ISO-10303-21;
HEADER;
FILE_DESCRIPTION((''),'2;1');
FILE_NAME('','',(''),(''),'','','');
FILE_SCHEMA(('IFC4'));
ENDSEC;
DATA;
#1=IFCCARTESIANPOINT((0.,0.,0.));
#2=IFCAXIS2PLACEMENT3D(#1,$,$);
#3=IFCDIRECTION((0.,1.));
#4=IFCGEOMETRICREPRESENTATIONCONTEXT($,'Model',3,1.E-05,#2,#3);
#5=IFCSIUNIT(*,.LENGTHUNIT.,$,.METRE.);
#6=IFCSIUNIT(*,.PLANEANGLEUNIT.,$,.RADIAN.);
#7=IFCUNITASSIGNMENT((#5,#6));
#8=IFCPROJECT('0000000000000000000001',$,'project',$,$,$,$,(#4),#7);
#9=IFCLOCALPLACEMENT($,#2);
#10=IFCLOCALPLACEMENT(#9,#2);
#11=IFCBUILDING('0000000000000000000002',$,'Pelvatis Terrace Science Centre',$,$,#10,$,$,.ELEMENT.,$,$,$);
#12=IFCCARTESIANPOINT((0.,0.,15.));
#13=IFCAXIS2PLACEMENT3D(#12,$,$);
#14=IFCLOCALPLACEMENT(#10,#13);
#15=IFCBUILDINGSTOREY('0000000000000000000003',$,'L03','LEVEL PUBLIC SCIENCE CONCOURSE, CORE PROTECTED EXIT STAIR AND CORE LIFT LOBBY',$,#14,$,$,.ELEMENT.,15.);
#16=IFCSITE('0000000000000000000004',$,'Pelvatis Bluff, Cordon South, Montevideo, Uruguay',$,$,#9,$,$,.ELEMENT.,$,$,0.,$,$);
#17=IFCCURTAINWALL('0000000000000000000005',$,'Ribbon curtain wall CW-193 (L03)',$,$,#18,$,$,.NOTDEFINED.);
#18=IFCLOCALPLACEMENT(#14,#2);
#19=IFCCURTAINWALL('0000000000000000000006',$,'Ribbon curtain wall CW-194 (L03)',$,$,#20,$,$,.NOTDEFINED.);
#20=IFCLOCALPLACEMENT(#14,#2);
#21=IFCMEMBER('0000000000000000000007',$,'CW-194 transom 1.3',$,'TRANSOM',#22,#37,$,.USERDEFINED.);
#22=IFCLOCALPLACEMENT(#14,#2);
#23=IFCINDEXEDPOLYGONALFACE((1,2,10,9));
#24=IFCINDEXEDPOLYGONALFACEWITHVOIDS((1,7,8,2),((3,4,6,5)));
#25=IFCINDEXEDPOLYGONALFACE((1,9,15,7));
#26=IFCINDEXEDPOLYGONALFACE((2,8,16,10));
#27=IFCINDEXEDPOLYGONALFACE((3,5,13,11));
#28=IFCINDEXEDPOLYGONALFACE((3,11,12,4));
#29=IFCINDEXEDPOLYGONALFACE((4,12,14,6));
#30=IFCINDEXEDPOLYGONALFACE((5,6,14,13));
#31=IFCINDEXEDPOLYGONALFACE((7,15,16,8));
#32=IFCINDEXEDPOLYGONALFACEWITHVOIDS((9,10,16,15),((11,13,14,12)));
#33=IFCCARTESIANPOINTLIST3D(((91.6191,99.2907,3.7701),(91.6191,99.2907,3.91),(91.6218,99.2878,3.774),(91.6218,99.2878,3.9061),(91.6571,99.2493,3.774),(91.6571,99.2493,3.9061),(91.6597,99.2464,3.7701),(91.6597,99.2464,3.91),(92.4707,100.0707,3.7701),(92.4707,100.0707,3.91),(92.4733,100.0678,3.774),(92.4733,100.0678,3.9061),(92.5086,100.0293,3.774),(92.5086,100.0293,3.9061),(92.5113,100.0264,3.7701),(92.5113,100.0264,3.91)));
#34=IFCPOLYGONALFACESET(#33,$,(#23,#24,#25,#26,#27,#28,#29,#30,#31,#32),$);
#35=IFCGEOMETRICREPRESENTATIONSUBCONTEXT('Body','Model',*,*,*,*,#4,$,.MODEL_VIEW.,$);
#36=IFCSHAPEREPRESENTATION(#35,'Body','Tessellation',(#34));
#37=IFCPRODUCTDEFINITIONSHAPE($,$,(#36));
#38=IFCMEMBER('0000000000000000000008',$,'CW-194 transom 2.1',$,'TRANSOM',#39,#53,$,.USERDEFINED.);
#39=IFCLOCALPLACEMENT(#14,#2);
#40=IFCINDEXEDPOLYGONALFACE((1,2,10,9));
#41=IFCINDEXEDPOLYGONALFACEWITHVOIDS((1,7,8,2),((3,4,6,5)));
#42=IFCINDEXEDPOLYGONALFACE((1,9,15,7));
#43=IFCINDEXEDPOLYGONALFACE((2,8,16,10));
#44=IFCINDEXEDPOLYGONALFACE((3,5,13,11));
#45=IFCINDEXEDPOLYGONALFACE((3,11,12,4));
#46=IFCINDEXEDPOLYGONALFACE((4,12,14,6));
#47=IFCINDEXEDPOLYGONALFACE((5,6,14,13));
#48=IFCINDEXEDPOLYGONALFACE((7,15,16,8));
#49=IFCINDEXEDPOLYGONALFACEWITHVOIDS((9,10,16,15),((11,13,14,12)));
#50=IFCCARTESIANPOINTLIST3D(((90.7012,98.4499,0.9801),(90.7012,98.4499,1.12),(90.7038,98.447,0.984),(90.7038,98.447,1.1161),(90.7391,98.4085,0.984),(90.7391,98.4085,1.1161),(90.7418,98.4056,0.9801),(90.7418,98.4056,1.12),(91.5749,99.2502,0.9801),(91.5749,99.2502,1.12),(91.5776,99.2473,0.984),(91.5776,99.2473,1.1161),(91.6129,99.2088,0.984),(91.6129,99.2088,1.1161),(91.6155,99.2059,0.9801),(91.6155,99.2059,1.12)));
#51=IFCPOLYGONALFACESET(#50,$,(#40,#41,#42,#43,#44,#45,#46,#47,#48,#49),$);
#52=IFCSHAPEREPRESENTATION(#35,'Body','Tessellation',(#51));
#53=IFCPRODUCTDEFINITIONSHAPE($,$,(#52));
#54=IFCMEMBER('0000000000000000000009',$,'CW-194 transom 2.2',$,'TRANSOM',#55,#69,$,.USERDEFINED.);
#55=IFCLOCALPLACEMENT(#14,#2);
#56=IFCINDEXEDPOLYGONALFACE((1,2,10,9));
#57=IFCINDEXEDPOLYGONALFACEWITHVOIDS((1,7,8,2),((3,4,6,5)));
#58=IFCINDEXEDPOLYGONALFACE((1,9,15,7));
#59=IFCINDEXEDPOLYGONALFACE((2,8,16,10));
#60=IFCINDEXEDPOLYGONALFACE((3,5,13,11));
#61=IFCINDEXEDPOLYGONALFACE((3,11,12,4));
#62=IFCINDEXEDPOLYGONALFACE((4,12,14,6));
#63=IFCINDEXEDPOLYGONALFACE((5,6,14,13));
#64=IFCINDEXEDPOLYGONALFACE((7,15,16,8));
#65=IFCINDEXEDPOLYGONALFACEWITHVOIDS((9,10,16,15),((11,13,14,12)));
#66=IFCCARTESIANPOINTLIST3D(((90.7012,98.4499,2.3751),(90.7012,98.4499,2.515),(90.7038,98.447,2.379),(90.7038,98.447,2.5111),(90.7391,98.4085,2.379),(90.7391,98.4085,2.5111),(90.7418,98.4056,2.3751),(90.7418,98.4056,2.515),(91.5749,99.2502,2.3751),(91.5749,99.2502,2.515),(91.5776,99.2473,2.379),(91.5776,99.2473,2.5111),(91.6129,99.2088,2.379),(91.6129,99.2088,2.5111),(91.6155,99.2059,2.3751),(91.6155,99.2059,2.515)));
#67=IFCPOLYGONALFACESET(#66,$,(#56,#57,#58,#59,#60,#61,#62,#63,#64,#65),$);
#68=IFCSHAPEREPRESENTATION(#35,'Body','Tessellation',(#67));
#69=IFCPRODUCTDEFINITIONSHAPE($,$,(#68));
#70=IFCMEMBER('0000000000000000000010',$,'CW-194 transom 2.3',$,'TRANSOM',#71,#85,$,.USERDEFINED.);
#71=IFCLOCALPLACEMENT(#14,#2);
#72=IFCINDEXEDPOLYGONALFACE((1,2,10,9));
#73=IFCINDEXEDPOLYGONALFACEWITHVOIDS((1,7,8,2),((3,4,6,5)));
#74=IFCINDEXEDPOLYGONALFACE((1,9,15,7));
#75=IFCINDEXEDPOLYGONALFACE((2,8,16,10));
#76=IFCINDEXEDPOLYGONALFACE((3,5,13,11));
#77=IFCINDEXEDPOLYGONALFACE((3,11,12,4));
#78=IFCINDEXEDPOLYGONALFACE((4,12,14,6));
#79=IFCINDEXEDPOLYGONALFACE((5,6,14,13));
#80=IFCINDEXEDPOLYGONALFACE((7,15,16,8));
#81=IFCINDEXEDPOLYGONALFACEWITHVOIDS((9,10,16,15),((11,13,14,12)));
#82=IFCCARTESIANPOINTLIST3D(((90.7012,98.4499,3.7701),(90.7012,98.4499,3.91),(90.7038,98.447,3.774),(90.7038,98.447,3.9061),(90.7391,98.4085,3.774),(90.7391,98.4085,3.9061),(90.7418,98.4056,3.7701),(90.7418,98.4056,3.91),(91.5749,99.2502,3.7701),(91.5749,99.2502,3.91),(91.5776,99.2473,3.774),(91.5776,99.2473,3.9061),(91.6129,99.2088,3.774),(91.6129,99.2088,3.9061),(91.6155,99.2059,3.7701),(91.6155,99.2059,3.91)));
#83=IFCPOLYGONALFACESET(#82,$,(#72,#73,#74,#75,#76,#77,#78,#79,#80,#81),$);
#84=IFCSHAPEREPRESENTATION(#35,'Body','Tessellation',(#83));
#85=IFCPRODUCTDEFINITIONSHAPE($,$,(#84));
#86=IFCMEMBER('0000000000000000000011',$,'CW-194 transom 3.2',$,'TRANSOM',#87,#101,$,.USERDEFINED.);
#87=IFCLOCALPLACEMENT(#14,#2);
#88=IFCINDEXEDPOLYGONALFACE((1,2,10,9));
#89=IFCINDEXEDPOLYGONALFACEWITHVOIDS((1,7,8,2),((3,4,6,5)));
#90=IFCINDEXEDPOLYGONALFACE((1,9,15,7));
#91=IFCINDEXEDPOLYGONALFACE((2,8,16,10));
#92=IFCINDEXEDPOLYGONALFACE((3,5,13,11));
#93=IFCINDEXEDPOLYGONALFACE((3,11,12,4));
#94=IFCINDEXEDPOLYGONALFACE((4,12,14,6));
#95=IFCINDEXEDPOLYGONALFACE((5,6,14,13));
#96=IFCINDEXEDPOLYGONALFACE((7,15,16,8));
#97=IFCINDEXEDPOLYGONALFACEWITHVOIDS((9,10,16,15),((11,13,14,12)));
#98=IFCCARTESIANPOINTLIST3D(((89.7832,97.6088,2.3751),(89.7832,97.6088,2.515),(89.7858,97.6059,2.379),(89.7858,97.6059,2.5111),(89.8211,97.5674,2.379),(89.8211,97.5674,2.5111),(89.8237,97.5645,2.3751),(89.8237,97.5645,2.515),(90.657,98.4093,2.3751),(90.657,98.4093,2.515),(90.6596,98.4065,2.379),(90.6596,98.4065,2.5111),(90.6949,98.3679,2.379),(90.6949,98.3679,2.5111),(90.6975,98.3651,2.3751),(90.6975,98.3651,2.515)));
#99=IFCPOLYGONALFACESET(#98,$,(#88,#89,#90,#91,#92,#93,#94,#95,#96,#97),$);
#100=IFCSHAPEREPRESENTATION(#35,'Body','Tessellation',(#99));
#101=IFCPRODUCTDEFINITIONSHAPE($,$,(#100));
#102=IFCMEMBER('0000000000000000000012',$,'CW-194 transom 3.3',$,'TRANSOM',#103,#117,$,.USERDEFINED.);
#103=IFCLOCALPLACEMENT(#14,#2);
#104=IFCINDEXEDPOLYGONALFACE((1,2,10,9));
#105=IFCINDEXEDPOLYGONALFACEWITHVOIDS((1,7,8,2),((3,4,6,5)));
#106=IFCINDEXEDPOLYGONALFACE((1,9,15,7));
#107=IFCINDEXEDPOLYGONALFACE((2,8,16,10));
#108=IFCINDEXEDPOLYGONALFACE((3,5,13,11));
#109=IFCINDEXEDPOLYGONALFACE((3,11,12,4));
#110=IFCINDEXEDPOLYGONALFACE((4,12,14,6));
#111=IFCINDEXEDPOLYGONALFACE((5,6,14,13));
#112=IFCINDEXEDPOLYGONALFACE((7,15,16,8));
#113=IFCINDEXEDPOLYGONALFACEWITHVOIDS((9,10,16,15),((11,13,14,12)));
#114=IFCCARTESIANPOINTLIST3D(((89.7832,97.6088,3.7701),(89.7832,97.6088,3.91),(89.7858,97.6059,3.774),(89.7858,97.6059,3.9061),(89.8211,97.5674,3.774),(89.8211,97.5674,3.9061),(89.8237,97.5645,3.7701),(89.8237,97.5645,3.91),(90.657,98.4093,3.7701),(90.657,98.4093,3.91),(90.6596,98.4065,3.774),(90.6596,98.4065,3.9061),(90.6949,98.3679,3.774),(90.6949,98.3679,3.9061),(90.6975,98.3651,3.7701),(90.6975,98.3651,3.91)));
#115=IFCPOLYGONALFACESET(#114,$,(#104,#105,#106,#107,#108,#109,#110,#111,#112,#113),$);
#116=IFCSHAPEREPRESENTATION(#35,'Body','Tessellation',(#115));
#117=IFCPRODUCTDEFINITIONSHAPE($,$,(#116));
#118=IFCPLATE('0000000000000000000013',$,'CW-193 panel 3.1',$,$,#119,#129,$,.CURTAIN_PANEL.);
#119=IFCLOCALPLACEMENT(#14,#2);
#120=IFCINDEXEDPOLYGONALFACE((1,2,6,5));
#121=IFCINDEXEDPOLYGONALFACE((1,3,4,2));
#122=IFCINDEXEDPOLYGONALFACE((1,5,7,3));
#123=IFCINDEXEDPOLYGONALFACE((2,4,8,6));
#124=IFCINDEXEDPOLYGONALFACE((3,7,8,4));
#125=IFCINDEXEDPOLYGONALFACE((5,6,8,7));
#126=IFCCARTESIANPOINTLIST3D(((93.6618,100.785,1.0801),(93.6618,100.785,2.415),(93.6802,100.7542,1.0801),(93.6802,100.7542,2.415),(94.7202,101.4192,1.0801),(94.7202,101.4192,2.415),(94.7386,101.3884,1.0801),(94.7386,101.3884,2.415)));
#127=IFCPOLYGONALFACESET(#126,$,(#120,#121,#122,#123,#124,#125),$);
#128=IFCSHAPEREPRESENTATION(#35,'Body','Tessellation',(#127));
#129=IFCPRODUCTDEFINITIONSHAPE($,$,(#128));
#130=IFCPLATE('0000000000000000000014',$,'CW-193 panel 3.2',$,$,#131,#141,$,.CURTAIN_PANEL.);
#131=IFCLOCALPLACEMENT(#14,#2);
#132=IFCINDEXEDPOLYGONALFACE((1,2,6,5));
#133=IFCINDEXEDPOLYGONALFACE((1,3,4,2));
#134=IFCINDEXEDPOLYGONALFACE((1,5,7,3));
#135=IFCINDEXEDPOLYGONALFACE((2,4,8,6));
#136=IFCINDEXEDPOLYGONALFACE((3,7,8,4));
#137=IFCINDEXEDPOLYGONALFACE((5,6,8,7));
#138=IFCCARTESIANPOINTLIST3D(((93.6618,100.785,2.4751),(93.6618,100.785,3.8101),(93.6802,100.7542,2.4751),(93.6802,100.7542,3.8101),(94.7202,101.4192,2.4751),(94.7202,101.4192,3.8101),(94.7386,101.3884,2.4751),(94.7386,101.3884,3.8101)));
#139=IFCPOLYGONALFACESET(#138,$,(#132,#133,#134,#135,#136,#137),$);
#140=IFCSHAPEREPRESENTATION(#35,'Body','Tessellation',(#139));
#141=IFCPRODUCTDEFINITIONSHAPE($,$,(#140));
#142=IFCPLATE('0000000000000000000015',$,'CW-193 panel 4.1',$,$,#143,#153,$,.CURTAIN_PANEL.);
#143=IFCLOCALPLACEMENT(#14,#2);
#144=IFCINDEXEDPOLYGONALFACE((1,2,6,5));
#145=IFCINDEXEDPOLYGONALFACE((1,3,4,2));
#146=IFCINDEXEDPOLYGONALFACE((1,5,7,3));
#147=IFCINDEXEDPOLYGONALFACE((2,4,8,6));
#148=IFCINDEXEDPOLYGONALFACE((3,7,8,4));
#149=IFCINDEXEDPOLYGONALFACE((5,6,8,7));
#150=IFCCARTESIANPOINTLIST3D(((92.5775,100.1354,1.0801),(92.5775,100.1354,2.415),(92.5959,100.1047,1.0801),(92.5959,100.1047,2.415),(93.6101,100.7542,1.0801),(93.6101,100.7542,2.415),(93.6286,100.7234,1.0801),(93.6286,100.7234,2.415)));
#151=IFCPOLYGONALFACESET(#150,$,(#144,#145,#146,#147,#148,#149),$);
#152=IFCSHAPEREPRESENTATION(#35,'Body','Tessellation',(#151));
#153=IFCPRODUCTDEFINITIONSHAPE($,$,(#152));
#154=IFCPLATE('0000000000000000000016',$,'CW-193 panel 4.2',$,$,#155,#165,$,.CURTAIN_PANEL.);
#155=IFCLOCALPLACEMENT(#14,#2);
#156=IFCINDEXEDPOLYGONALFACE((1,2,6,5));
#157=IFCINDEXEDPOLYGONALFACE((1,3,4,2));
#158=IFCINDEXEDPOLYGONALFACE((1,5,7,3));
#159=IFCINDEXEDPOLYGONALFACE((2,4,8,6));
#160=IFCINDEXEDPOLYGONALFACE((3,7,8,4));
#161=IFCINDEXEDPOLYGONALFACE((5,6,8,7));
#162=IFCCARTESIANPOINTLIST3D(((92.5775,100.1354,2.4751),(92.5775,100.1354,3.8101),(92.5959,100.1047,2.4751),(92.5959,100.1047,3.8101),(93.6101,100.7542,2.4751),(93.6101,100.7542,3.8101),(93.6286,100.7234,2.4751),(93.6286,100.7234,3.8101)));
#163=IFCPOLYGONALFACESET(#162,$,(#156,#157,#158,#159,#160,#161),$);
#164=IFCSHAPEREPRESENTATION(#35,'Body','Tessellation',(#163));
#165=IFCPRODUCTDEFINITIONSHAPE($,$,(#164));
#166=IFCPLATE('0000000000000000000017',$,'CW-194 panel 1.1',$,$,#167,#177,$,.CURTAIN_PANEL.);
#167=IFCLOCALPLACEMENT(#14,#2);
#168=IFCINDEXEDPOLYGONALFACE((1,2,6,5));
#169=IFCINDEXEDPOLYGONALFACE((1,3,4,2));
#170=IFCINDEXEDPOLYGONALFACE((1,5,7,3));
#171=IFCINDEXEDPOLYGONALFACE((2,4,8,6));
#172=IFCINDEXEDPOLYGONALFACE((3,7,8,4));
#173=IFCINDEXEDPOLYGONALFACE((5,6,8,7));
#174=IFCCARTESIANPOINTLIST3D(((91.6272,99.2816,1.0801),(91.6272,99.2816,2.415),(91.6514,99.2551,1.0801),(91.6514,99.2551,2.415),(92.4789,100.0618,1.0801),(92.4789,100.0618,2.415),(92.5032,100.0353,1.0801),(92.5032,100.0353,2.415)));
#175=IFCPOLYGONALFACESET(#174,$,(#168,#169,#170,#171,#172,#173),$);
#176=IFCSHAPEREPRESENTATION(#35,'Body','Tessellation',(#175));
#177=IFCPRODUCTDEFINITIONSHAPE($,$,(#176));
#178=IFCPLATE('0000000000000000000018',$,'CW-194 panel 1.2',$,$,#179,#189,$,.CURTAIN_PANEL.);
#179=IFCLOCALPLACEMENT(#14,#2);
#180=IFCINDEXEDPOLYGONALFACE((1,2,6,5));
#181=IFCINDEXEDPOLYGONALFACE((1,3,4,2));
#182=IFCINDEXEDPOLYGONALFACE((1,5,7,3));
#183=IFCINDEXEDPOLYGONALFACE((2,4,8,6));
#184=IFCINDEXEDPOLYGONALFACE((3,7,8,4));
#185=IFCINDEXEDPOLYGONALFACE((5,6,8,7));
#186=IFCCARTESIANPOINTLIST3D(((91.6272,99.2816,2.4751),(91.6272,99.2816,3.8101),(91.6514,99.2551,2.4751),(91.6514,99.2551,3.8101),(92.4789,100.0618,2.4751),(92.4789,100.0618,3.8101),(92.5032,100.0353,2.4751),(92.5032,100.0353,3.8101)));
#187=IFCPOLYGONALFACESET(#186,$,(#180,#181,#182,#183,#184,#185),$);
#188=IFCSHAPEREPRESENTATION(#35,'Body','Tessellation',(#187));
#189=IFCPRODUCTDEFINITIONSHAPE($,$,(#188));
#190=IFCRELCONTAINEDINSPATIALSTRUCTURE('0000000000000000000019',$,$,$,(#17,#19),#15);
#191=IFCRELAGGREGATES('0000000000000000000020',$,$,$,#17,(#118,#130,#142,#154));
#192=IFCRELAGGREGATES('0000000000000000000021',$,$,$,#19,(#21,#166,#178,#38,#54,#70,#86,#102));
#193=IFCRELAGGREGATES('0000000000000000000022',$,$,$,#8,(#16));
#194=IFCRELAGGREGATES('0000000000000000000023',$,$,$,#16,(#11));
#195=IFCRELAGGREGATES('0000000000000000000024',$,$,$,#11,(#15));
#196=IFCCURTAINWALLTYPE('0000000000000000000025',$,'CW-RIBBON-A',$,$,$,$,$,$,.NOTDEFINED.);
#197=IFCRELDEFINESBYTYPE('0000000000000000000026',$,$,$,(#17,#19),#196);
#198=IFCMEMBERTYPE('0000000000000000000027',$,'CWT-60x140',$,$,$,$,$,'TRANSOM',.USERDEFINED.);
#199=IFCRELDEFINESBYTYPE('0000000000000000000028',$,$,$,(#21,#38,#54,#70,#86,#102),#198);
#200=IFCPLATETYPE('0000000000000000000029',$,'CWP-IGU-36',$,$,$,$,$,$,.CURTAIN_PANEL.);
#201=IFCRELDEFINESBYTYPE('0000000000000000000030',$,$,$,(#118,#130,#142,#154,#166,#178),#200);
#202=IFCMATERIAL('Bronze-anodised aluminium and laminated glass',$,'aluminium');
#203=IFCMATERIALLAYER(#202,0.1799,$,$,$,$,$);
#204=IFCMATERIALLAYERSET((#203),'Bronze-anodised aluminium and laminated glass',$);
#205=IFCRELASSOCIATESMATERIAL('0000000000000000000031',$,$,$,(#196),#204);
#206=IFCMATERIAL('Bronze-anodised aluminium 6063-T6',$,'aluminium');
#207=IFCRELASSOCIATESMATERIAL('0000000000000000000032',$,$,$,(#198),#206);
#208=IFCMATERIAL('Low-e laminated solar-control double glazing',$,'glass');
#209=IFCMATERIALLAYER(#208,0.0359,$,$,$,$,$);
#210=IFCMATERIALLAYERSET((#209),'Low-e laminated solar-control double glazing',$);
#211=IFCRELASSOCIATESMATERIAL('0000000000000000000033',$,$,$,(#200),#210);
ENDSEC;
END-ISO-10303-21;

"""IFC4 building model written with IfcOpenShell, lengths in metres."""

from ifc_helpers import new_model, si_unit, direction, frame, origin, origin_2d, place, context, subcontext, project, spatial, rectangle, hollow_rectangle, extrude, material, layer, layer_set, material_profile, profile_set, type_object, element, aggregate, save


model = new_model("IFC4")

# Units and contexts
model_context = context("Model", 3, precision=1e-05, world=origin(), true_north=direction((0.0, 1.0)))
body_context = subcontext(model_context, "Body", "Model", "MODEL_VIEW")
ifc_project = project(units=[si_unit("LENGTHUNIT", "METRE"), si_unit("PLANEANGLEUNIT", "RADIAN")], contexts=[model_context])

# Site, building, storey
site_placement = place(None, origin())
site = spatial("IfcSite", under=ifc_project, at=site_placement, Name="Pelvatis Bluff, Cordon South, Montevideo, Uruguay", CompositionType="ELEMENT", RefElevation=0.0)
building_placement = place(site_placement, origin())
building = spatial("IfcBuilding", under=site, at=building_placement, Name="Pelvatis Terrace Science Centre", CompositionType="ELEMENT")
storey_placement = place(building_placement, frame((0.0, 0.0, 15.0)))
storey = spatial("IfcBuildingStorey", under=building, at=storey_placement, Name="L03", Description="LEVEL PUBLIC SCIENCE CONCOURSE, CORE PROTECTED EXIT STAIR AND CORE LIFT LOBBY", CompositionType="ELEMENT", Elevation=15.0)

# Curtain walls
ifc_material_1 = material(Name="Bronze-anodised aluminium and laminated glass", Category="aluminium")
ifc_layer_1 = layer(ifc_material_1, 0.1799)
ifc_layer_set_1 = layer_set([ifc_layer_1], Name="Bronze-anodised aluminium and laminated glass")
curtain_wall_type = type_object("IfcCurtainWallType", Name="CW-RIBBON-A", PredefinedType="NOTDEFINED", material=ifc_layer_set_1)
curtain_wall_1_placement = place(storey_placement, origin())
curtain_wall_1 = element("IfcCurtainWall", 1, at=curtain_wall_1_placement, inside=storey, type_object=curtain_wall_type, Name="Ribbon curtain wall CW-193 (L03)", PredefinedType="NOTDEFINED")
curtain_wall_2_placement = place(storey_placement, origin())
curtain_wall_2 = element("IfcCurtainWall", 2, at=curtain_wall_2_placement, inside=storey, type_object=curtain_wall_type, Name="Ribbon curtain wall CW-194 (L03)", PredefinedType="NOTDEFINED")

# Members
ifc_material_2 = material(Name="Bronze-anodised aluminium 6063-T6", Category="aluminium")
ifc_material_profile_1 = material_profile(ifc_material_2, hollow_rectangle(XDim=0.0601, YDim=0.1399, WallThickness=0.0039, at=origin_2d()), Name="ALU-TRN 60x140")
ifc_profile_set_1 = profile_set([ifc_material_profile_1], Name="Bronze-anodised aluminium 6063-T6")
member_type_1 = type_object("IfcMemberType", Name="CWT-60x140", ElementType="TRANSOM", PredefinedType="USERDEFINED", material=ifc_profile_set_1)
member_1_placement = place(storey_placement, frame((92.491, 100.0486, 3.8401), z_axis=(-0.7374, -0.675457, 0.0), x_axis=(0.675457, -0.7374, 0.0)))
member_1 = element("IfcMember", 3, at=member_1_placement, type_object=member_type_1, Name="CW-194 transom 1.3", ObjectType="TRANSOM", PredefinedType="USERDEFINED", context=body_context, shape_type="SweptSolid", body=[
    extrude(hollow_rectangle(XDim=0.0601, YDim=0.1399, WallThickness=0.0039, at=origin_2d()), origin(), (0.0, 0.0, 1.0), 1.1548),
])
member_2_placement = place(storey_placement, frame((91.5952, 99.228, 1.05), z_axis=(-0.737436, -0.675417, 0.0), x_axis=(0.675417, -0.737436, 0.0)))
member_2 = element("IfcMember", 4, at=member_2_placement, type_object=member_type_1, Name="CW-194 transom 2.1", ObjectType="TRANSOM", PredefinedType="USERDEFINED", context=body_context, shape_type="SweptSolid", body=[
    extrude(hollow_rectangle(XDim=0.0601, YDim=0.1399, WallThickness=0.0039, at=origin_2d()), origin(), (0.0, 0.0, 1.0), 1.1848),
])
member_3_placement = place(storey_placement, frame((91.5952, 99.228, 2.4451), z_axis=(-0.737436, -0.675417, 0.0), x_axis=(0.675417, -0.737436, 0.0)))
member_3 = element("IfcMember", 5, at=member_3_placement, type_object=member_type_1, Name="CW-194 transom 2.2", ObjectType="TRANSOM", PredefinedType="USERDEFINED", context=body_context, shape_type="SweptSolid", body=[
    extrude(hollow_rectangle(XDim=0.0601, YDim=0.1399, WallThickness=0.0039, at=origin_2d()), origin(), (0.0, 0.0, 1.0), 1.1848),
])
member_4_placement = place(storey_placement, frame((91.5952, 99.228, 3.8401), z_axis=(-0.737436, -0.675417, 0.0), x_axis=(0.675417, -0.737436, 0.0)))
member_4 = element("IfcMember", 6, at=member_4_placement, type_object=member_type_1, Name="CW-194 transom 2.3", ObjectType="TRANSOM", PredefinedType="USERDEFINED", context=body_context, shape_type="SweptSolid", body=[
    extrude(hollow_rectangle(XDim=0.0601, YDim=0.1399, WallThickness=0.0039, at=origin_2d()), origin(), (0.0, 0.0, 1.0), 1.1848),
])
member_5_placement = place(storey_placement, frame((90.6772, 98.3872, 2.4451), z_axis=(-0.737334, -0.675529, 0.0), x_axis=(0.675529, -0.737334, 0.0)))
member_5 = element("IfcMember", 7, at=member_5_placement, type_object=member_type_1, Name="CW-194 transom 3.2", ObjectType="TRANSOM", PredefinedType="USERDEFINED", context=body_context, shape_type="SweptSolid", body=[
    extrude(hollow_rectangle(XDim=0.0601, YDim=0.1399, WallThickness=0.0039, at=origin_2d()), origin(), (0.0, 0.0, 1.0), 1.1851),
])
member_6_placement = place(storey_placement, frame((90.6772, 98.3872, 3.8401), z_axis=(-0.737334, -0.675529, 0.0), x_axis=(0.675529, -0.737334, 0.0)))
member_6 = element("IfcMember", 8, at=member_6_placement, type_object=member_type_1, Name="CW-194 transom 3.3", ObjectType="TRANSOM", PredefinedType="USERDEFINED", context=body_context, shape_type="SweptSolid", body=[
    extrude(hollow_rectangle(XDim=0.0601, YDim=0.1399, WallThickness=0.0039, at=origin_2d()), origin(), (0.0, 0.0, 1.0), 1.1851),
])

# Plates
ifc_material_3 = material(Name="Low-e laminated solar-control double glazing", Category="glass")
ifc_layer_2 = layer(ifc_material_3, 0.0359)
ifc_layer_set_2 = layer_set([ifc_layer_2], Name="Low-e laminated solar-control double glazing")
plate_type = type_object("IfcPlateType", Name="CWP-IGU-36", PredefinedType="CURTAIN_PANEL", material=ifc_layer_set_2)
plate_1_placement = place(storey_placement, frame((94.2002, 101.0867, 1.0801), z_axis=(0.0, 0.0, 1.0), x_axis=(-0.857793, -0.513996, 0.0)))
plate_1 = element("IfcPlate", 9, at=plate_1_placement, type_object=plate_type, Name="CW-193 panel 3.1", PredefinedType="CURTAIN_PANEL", context=body_context, shape_type="SweptSolid", body=[
    extrude(rectangle(XDim=1.2339, YDim=0.0359, at=origin_2d()), origin(), (0.0, 0.0, 1.0), 1.335),
])
plate_2_placement = place(storey_placement, frame((94.2002, 101.0867, 2.4751), z_axis=(0.0, 0.0, 1.0), x_axis=(-0.857793, -0.513996, 0.0)))
plate_2 = element("IfcPlate", 10, at=plate_2_placement, type_object=plate_type, Name="CW-193 panel 3.2", PredefinedType="CURTAIN_PANEL", context=body_context, shape_type="SweptSolid", body=[
    extrude(rectangle(XDim=1.2339, YDim=0.0359, at=origin_2d()), origin(), (0.0, 0.0, 1.0), 1.335),
])
plate_3_placement = place(storey_placement, frame((93.103, 100.4294, 1.0801), z_axis=(0.0, 0.0, 1.0), x_axis=(-0.857793, -0.513996, 0.0)))
plate_3 = element("IfcPlate", 11, at=plate_3_placement, type_object=plate_type, Name="CW-193 panel 4.1", PredefinedType="CURTAIN_PANEL", context=body_context, shape_type="SweptSolid", body=[
    extrude(rectangle(XDim=1.2039, YDim=0.0359, at=origin_2d()), origin(), (0.0, 0.0, 1.0), 1.335),
])
plate_4_placement = place(storey_placement, frame((93.103, 100.4294, 2.4751), z_axis=(0.0, 0.0, 1.0), x_axis=(-0.857793, -0.513996, 0.0)))
plate_4 = element("IfcPlate", 12, at=plate_4_placement, type_object=plate_type, Name="CW-193 panel 4.2", PredefinedType="CURTAIN_PANEL", context=body_context, shape_type="SweptSolid", body=[
    extrude(rectangle(XDim=1.2039, YDim=0.0359, at=origin_2d()), origin(), (0.0, 0.0, 1.0), 1.335),
])
aggregate(curtain_wall_1, [plate_1, plate_2, plate_3, plate_4])
plate_5_placement = place(storey_placement, frame((92.0652, 99.6584, 1.0801), z_axis=(0.0, 0.0, 1.0), x_axis=(-0.737404, -0.675452, 0.0)))
plate_5 = element("IfcPlate", 13, at=plate_5_placement, type_object=plate_type, Name="CW-194 panel 1.1", PredefinedType="CURTAIN_PANEL", context=body_context, shape_type="SweptSolid", body=[
    extrude(rectangle(XDim=1.155, YDim=0.0359, at=origin_2d()), origin(), (0.0, 0.0, 1.0), 1.335),
])
plate_6_placement = place(storey_placement, frame((92.0652, 99.6584, 2.4751), z_axis=(0.0, 0.0, 1.0), x_axis=(-0.737404, -0.675452, 0.0)))
plate_6 = element("IfcPlate", 14, at=plate_6_placement, type_object=plate_type, Name="CW-194 panel 1.2", PredefinedType="CURTAIN_PANEL", context=body_context, shape_type="SweptSolid", body=[
    extrude(rectangle(XDim=1.155, YDim=0.0359, at=origin_2d()), origin(), (0.0, 0.0, 1.0), 1.335),
])
aggregate(curtain_wall_2, [member_1, plate_5, plate_6, member_2, member_3, member_4, member_5, member_6])

save(model, "model.ifc")
